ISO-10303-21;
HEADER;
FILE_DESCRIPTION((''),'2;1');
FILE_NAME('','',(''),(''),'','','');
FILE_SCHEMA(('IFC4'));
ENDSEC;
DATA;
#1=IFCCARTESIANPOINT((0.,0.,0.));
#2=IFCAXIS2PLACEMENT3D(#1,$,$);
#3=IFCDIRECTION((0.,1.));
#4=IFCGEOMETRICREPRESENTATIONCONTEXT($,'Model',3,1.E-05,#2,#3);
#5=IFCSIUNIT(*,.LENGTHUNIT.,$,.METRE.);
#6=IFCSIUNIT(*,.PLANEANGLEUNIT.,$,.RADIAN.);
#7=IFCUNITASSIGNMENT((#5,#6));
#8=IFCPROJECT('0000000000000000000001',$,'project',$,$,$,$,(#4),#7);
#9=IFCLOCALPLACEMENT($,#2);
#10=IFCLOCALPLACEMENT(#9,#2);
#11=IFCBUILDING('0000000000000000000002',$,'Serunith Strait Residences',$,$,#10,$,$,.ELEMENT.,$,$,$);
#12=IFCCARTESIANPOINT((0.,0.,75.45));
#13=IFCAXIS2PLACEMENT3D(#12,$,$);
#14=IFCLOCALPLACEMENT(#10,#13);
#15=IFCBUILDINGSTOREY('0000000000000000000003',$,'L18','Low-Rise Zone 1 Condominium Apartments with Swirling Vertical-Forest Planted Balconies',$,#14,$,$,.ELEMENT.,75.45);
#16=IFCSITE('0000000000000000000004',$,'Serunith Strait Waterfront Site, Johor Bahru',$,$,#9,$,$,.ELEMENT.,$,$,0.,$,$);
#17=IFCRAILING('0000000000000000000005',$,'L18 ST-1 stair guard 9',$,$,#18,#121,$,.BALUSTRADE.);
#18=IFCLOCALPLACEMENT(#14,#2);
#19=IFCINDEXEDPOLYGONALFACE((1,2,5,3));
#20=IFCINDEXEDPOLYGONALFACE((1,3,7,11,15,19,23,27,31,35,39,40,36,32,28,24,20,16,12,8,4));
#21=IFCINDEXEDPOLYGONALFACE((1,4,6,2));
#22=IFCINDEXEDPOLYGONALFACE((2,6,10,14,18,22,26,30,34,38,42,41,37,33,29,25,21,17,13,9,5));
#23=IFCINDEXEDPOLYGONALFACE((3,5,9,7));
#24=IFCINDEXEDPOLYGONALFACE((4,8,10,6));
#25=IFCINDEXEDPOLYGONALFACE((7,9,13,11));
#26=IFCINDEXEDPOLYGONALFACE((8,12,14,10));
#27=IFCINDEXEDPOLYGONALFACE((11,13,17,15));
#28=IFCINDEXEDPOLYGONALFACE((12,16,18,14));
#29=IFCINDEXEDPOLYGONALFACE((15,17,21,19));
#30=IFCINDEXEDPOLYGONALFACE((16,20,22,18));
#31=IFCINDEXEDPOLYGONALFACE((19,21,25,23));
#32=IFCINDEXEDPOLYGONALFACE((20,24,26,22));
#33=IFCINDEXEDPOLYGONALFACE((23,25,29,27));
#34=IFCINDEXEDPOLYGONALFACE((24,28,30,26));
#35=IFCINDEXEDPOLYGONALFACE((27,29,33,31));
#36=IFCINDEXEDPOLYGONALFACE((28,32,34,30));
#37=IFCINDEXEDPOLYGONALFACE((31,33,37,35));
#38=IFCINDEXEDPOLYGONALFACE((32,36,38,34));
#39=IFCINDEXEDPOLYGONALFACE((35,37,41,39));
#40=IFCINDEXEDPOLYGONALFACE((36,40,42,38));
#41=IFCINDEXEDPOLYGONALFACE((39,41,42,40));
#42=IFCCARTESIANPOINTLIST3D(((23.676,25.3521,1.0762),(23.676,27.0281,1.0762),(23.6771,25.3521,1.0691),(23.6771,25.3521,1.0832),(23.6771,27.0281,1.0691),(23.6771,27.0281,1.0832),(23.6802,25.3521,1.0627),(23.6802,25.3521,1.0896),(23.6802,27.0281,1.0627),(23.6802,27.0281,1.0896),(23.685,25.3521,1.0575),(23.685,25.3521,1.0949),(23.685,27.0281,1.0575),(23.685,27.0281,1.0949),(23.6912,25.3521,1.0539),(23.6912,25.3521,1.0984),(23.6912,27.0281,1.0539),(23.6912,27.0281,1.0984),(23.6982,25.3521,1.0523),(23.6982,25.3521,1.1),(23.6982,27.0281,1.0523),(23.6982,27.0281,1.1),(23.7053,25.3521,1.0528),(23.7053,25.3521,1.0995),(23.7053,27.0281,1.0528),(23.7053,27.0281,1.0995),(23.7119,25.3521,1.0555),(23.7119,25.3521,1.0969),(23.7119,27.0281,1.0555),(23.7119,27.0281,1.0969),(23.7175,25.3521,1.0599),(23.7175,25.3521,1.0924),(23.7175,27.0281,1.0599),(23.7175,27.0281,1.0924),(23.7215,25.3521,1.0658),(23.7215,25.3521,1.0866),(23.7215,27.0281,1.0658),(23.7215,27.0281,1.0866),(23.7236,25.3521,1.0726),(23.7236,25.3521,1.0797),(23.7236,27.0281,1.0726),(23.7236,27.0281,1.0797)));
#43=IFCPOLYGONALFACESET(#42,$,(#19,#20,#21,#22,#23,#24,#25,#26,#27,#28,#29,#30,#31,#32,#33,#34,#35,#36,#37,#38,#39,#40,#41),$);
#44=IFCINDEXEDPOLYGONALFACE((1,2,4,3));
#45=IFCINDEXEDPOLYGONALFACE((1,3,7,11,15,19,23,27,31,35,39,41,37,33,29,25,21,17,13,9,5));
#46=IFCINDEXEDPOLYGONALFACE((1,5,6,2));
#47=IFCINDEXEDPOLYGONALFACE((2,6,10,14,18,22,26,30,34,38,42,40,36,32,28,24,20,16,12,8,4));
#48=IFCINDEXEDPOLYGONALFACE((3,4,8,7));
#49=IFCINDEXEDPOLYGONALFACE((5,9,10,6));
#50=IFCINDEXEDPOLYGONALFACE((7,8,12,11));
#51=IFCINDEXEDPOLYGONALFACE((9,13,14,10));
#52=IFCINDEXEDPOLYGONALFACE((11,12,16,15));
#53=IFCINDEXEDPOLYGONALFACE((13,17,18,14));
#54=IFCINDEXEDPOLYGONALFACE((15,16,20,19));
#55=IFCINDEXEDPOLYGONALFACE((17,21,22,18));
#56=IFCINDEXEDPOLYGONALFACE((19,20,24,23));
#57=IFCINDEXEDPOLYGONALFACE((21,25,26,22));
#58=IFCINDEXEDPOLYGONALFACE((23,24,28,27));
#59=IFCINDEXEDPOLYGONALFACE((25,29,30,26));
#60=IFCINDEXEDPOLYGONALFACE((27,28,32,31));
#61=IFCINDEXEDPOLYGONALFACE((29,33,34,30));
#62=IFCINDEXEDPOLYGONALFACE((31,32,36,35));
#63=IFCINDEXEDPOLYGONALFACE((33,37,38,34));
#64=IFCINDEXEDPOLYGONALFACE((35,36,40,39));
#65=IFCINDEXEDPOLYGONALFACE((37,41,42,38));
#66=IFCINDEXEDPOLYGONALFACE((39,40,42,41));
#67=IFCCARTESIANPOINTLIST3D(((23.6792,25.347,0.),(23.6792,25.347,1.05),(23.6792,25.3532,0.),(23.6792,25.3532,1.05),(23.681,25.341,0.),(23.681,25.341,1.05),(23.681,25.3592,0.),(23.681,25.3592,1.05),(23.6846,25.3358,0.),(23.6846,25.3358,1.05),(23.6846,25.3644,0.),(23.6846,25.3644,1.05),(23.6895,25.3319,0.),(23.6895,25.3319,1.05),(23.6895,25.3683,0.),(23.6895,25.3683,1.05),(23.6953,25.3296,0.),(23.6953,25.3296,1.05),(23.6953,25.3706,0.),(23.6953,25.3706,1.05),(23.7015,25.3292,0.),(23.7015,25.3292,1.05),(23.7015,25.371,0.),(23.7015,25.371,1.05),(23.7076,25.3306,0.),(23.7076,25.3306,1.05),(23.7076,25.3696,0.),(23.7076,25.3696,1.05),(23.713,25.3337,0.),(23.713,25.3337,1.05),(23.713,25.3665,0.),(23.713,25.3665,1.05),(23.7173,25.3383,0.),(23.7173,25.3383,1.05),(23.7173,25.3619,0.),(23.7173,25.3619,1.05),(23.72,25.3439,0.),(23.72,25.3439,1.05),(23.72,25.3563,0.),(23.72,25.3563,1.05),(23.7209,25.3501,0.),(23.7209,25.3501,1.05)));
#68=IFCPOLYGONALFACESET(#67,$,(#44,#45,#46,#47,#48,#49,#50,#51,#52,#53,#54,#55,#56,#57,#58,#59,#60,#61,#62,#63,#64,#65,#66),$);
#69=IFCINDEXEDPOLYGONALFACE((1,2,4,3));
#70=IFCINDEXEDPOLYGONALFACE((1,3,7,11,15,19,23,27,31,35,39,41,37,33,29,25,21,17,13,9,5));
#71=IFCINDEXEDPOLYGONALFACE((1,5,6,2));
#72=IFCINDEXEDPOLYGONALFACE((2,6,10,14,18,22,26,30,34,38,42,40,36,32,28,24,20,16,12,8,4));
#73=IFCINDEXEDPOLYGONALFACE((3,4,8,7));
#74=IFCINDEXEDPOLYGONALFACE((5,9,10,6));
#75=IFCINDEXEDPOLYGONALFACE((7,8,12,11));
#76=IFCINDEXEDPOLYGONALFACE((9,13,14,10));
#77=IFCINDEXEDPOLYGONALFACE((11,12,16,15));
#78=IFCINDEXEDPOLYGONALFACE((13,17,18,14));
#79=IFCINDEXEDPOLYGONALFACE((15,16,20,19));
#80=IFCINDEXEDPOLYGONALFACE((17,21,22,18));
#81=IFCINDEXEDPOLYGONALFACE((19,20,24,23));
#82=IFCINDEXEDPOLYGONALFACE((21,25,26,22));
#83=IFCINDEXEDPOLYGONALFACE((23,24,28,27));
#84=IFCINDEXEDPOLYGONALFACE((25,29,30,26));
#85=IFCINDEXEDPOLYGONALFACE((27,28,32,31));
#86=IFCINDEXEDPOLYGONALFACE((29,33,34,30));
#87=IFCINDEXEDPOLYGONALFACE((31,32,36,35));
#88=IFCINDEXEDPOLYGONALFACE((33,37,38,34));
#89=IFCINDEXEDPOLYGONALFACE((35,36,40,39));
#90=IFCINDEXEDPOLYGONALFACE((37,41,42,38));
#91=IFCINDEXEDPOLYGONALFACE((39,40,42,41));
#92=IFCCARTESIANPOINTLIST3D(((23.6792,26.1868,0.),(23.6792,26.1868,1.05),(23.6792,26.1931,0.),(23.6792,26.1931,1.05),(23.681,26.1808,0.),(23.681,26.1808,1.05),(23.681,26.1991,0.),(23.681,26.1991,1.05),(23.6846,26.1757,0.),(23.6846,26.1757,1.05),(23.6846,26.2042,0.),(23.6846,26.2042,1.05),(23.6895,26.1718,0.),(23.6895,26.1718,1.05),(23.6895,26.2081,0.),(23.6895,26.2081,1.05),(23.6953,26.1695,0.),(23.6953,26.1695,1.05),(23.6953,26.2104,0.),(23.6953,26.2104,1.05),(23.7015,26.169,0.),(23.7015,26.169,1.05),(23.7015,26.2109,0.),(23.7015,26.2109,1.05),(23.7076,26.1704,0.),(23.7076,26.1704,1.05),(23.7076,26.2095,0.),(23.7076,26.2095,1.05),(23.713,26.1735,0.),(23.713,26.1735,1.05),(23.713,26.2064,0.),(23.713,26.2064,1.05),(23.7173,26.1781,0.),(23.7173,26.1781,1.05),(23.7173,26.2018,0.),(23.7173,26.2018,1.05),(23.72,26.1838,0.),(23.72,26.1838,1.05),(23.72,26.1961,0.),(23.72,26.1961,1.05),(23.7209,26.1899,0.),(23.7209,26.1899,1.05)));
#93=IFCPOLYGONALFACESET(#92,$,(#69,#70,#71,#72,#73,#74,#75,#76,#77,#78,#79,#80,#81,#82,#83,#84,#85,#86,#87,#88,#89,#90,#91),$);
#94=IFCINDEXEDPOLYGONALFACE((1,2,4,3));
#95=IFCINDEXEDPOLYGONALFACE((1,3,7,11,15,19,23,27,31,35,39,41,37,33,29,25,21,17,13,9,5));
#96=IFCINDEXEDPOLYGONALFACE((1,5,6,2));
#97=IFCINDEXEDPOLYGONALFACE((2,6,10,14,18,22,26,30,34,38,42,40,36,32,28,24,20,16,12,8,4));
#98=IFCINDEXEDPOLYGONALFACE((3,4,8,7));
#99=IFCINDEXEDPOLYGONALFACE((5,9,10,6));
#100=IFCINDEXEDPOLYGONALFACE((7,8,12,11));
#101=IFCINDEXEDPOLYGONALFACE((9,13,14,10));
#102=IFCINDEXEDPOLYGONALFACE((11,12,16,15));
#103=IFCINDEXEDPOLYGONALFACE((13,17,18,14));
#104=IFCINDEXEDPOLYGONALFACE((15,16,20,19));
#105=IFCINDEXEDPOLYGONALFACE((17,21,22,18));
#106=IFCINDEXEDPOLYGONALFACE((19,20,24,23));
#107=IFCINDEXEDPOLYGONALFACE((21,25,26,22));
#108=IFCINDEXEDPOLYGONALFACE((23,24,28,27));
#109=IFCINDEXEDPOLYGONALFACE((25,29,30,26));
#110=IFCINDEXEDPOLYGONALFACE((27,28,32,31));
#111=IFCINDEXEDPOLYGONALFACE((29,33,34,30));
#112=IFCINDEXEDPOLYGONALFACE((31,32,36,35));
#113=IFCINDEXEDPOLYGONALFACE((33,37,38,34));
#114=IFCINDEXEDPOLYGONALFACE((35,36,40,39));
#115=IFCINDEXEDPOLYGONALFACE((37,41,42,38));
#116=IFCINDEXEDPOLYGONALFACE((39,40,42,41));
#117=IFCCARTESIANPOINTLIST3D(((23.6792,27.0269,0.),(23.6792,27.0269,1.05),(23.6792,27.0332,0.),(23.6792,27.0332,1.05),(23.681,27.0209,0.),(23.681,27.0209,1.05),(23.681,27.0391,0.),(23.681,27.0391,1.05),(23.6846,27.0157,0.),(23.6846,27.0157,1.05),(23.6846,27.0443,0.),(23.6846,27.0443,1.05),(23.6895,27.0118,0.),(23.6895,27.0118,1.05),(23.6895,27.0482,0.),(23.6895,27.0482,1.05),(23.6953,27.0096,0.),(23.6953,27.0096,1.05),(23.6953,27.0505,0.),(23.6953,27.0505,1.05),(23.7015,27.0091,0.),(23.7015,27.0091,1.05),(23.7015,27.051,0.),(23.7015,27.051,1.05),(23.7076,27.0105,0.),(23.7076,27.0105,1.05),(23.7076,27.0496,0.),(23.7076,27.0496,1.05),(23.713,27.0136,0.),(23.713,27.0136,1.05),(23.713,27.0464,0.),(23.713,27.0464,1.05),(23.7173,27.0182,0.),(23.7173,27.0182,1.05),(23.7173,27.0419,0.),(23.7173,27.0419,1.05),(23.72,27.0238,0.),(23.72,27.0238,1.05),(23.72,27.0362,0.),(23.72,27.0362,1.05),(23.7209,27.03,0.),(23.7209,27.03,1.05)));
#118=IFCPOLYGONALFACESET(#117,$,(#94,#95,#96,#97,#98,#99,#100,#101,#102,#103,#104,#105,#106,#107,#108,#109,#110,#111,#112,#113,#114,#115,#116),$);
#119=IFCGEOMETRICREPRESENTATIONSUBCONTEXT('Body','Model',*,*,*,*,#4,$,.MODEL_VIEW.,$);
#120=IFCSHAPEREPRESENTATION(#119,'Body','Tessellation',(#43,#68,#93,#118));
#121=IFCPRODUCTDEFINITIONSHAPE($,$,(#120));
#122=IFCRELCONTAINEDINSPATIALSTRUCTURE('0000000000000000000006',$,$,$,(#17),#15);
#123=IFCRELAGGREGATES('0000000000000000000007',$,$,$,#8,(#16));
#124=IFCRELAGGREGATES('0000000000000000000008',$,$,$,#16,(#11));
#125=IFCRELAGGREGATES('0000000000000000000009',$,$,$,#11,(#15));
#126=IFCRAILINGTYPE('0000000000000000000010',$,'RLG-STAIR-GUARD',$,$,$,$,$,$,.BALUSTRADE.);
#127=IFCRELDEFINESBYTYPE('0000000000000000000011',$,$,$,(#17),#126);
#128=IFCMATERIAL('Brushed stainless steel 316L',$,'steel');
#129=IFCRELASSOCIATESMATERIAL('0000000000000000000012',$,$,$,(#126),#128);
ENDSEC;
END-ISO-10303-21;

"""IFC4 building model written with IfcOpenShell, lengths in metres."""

from ifc_helpers import new_model, si_unit, direction, frame, origin, origin_2d, place, context, subcontext, project, spatial, circle, extrude, material, type_object, element, save


model = new_model("IFC4")

# Units and contexts
model_context = context("Model", 3, precision=1e-05, world=origin(), true_north=direction((0.0, 1.0)))
body_context = subcontext(model_context, "Body", "Model", "MODEL_VIEW")
ifc_project = project(units=[si_unit("LENGTHUNIT", "METRE"), si_unit("PLANEANGLEUNIT", "RADIAN")], contexts=[model_context])

# Site, building, storey
site_placement = place(None, origin())
site = spatial("IfcSite", under=ifc_project, at=site_placement, Name="Serunith Strait Waterfront Site, Johor Bahru", CompositionType="ELEMENT", RefElevation=0.0)
building_placement = place(site_placement, origin())
building = spatial("IfcBuilding", under=site, at=building_placement, Name="Serunith Strait Residences", CompositionType="ELEMENT")
storey_placement = place(building_placement, frame((0.0, 0.0, 75.45)))
storey = spatial("IfcBuildingStorey", under=building, at=storey_placement, Name="L18", Description="Low-Rise Zone 1 Condominium Apartments with Swirling Vertical-Forest Planted Balconies", CompositionType="ELEMENT", Elevation=75.45)

# Railing
ifc_material_1 = material(Name="Brushed stainless steel 316L", Category="steel")
railing_type_1 = type_object("IfcRailingType", Name="RLG-STAIR-GUARD", PredefinedType="BALUSTRADE", material=ifc_material_1)
for number, where, name in (
    (1, (23.7, 25.3501, 0.0), "L18 ST-1 stair guard 9"),
):
    element("IfcRailing", number, at=place(storey_placement, frame(where)), inside=storey, type_object=railing_type_1, Name=name, PredefinedType="BALUSTRADE", context=body_context, shape_type="SweptSolid", body=[
        extrude(circle(Radius=0.0239, at=origin_2d()), frame((0.0, 0.002, 1.0762), z_axis=(0.0, 1.0, 0.0), x_axis=(-1.0, 0.0, 0.0)), (0.0, 0.0, 1.0), 1.676),
        extrude(circle(Radius=0.021, at=origin_2d()), origin(), (0.0, 0.0, 1.0), 1.05),
        extrude(circle(Radius=0.021, at=origin_2d()), frame((0.0, 0.8398, 0.0)), (0.0, 0.0, 1.0), 1.05),
        extrude(circle(Radius=0.021, at=origin_2d()), frame((0.0, 1.6799, 0.0)), (0.0, 0.0, 1.0), 1.05),
    ])

save(model, "model.ifc")
